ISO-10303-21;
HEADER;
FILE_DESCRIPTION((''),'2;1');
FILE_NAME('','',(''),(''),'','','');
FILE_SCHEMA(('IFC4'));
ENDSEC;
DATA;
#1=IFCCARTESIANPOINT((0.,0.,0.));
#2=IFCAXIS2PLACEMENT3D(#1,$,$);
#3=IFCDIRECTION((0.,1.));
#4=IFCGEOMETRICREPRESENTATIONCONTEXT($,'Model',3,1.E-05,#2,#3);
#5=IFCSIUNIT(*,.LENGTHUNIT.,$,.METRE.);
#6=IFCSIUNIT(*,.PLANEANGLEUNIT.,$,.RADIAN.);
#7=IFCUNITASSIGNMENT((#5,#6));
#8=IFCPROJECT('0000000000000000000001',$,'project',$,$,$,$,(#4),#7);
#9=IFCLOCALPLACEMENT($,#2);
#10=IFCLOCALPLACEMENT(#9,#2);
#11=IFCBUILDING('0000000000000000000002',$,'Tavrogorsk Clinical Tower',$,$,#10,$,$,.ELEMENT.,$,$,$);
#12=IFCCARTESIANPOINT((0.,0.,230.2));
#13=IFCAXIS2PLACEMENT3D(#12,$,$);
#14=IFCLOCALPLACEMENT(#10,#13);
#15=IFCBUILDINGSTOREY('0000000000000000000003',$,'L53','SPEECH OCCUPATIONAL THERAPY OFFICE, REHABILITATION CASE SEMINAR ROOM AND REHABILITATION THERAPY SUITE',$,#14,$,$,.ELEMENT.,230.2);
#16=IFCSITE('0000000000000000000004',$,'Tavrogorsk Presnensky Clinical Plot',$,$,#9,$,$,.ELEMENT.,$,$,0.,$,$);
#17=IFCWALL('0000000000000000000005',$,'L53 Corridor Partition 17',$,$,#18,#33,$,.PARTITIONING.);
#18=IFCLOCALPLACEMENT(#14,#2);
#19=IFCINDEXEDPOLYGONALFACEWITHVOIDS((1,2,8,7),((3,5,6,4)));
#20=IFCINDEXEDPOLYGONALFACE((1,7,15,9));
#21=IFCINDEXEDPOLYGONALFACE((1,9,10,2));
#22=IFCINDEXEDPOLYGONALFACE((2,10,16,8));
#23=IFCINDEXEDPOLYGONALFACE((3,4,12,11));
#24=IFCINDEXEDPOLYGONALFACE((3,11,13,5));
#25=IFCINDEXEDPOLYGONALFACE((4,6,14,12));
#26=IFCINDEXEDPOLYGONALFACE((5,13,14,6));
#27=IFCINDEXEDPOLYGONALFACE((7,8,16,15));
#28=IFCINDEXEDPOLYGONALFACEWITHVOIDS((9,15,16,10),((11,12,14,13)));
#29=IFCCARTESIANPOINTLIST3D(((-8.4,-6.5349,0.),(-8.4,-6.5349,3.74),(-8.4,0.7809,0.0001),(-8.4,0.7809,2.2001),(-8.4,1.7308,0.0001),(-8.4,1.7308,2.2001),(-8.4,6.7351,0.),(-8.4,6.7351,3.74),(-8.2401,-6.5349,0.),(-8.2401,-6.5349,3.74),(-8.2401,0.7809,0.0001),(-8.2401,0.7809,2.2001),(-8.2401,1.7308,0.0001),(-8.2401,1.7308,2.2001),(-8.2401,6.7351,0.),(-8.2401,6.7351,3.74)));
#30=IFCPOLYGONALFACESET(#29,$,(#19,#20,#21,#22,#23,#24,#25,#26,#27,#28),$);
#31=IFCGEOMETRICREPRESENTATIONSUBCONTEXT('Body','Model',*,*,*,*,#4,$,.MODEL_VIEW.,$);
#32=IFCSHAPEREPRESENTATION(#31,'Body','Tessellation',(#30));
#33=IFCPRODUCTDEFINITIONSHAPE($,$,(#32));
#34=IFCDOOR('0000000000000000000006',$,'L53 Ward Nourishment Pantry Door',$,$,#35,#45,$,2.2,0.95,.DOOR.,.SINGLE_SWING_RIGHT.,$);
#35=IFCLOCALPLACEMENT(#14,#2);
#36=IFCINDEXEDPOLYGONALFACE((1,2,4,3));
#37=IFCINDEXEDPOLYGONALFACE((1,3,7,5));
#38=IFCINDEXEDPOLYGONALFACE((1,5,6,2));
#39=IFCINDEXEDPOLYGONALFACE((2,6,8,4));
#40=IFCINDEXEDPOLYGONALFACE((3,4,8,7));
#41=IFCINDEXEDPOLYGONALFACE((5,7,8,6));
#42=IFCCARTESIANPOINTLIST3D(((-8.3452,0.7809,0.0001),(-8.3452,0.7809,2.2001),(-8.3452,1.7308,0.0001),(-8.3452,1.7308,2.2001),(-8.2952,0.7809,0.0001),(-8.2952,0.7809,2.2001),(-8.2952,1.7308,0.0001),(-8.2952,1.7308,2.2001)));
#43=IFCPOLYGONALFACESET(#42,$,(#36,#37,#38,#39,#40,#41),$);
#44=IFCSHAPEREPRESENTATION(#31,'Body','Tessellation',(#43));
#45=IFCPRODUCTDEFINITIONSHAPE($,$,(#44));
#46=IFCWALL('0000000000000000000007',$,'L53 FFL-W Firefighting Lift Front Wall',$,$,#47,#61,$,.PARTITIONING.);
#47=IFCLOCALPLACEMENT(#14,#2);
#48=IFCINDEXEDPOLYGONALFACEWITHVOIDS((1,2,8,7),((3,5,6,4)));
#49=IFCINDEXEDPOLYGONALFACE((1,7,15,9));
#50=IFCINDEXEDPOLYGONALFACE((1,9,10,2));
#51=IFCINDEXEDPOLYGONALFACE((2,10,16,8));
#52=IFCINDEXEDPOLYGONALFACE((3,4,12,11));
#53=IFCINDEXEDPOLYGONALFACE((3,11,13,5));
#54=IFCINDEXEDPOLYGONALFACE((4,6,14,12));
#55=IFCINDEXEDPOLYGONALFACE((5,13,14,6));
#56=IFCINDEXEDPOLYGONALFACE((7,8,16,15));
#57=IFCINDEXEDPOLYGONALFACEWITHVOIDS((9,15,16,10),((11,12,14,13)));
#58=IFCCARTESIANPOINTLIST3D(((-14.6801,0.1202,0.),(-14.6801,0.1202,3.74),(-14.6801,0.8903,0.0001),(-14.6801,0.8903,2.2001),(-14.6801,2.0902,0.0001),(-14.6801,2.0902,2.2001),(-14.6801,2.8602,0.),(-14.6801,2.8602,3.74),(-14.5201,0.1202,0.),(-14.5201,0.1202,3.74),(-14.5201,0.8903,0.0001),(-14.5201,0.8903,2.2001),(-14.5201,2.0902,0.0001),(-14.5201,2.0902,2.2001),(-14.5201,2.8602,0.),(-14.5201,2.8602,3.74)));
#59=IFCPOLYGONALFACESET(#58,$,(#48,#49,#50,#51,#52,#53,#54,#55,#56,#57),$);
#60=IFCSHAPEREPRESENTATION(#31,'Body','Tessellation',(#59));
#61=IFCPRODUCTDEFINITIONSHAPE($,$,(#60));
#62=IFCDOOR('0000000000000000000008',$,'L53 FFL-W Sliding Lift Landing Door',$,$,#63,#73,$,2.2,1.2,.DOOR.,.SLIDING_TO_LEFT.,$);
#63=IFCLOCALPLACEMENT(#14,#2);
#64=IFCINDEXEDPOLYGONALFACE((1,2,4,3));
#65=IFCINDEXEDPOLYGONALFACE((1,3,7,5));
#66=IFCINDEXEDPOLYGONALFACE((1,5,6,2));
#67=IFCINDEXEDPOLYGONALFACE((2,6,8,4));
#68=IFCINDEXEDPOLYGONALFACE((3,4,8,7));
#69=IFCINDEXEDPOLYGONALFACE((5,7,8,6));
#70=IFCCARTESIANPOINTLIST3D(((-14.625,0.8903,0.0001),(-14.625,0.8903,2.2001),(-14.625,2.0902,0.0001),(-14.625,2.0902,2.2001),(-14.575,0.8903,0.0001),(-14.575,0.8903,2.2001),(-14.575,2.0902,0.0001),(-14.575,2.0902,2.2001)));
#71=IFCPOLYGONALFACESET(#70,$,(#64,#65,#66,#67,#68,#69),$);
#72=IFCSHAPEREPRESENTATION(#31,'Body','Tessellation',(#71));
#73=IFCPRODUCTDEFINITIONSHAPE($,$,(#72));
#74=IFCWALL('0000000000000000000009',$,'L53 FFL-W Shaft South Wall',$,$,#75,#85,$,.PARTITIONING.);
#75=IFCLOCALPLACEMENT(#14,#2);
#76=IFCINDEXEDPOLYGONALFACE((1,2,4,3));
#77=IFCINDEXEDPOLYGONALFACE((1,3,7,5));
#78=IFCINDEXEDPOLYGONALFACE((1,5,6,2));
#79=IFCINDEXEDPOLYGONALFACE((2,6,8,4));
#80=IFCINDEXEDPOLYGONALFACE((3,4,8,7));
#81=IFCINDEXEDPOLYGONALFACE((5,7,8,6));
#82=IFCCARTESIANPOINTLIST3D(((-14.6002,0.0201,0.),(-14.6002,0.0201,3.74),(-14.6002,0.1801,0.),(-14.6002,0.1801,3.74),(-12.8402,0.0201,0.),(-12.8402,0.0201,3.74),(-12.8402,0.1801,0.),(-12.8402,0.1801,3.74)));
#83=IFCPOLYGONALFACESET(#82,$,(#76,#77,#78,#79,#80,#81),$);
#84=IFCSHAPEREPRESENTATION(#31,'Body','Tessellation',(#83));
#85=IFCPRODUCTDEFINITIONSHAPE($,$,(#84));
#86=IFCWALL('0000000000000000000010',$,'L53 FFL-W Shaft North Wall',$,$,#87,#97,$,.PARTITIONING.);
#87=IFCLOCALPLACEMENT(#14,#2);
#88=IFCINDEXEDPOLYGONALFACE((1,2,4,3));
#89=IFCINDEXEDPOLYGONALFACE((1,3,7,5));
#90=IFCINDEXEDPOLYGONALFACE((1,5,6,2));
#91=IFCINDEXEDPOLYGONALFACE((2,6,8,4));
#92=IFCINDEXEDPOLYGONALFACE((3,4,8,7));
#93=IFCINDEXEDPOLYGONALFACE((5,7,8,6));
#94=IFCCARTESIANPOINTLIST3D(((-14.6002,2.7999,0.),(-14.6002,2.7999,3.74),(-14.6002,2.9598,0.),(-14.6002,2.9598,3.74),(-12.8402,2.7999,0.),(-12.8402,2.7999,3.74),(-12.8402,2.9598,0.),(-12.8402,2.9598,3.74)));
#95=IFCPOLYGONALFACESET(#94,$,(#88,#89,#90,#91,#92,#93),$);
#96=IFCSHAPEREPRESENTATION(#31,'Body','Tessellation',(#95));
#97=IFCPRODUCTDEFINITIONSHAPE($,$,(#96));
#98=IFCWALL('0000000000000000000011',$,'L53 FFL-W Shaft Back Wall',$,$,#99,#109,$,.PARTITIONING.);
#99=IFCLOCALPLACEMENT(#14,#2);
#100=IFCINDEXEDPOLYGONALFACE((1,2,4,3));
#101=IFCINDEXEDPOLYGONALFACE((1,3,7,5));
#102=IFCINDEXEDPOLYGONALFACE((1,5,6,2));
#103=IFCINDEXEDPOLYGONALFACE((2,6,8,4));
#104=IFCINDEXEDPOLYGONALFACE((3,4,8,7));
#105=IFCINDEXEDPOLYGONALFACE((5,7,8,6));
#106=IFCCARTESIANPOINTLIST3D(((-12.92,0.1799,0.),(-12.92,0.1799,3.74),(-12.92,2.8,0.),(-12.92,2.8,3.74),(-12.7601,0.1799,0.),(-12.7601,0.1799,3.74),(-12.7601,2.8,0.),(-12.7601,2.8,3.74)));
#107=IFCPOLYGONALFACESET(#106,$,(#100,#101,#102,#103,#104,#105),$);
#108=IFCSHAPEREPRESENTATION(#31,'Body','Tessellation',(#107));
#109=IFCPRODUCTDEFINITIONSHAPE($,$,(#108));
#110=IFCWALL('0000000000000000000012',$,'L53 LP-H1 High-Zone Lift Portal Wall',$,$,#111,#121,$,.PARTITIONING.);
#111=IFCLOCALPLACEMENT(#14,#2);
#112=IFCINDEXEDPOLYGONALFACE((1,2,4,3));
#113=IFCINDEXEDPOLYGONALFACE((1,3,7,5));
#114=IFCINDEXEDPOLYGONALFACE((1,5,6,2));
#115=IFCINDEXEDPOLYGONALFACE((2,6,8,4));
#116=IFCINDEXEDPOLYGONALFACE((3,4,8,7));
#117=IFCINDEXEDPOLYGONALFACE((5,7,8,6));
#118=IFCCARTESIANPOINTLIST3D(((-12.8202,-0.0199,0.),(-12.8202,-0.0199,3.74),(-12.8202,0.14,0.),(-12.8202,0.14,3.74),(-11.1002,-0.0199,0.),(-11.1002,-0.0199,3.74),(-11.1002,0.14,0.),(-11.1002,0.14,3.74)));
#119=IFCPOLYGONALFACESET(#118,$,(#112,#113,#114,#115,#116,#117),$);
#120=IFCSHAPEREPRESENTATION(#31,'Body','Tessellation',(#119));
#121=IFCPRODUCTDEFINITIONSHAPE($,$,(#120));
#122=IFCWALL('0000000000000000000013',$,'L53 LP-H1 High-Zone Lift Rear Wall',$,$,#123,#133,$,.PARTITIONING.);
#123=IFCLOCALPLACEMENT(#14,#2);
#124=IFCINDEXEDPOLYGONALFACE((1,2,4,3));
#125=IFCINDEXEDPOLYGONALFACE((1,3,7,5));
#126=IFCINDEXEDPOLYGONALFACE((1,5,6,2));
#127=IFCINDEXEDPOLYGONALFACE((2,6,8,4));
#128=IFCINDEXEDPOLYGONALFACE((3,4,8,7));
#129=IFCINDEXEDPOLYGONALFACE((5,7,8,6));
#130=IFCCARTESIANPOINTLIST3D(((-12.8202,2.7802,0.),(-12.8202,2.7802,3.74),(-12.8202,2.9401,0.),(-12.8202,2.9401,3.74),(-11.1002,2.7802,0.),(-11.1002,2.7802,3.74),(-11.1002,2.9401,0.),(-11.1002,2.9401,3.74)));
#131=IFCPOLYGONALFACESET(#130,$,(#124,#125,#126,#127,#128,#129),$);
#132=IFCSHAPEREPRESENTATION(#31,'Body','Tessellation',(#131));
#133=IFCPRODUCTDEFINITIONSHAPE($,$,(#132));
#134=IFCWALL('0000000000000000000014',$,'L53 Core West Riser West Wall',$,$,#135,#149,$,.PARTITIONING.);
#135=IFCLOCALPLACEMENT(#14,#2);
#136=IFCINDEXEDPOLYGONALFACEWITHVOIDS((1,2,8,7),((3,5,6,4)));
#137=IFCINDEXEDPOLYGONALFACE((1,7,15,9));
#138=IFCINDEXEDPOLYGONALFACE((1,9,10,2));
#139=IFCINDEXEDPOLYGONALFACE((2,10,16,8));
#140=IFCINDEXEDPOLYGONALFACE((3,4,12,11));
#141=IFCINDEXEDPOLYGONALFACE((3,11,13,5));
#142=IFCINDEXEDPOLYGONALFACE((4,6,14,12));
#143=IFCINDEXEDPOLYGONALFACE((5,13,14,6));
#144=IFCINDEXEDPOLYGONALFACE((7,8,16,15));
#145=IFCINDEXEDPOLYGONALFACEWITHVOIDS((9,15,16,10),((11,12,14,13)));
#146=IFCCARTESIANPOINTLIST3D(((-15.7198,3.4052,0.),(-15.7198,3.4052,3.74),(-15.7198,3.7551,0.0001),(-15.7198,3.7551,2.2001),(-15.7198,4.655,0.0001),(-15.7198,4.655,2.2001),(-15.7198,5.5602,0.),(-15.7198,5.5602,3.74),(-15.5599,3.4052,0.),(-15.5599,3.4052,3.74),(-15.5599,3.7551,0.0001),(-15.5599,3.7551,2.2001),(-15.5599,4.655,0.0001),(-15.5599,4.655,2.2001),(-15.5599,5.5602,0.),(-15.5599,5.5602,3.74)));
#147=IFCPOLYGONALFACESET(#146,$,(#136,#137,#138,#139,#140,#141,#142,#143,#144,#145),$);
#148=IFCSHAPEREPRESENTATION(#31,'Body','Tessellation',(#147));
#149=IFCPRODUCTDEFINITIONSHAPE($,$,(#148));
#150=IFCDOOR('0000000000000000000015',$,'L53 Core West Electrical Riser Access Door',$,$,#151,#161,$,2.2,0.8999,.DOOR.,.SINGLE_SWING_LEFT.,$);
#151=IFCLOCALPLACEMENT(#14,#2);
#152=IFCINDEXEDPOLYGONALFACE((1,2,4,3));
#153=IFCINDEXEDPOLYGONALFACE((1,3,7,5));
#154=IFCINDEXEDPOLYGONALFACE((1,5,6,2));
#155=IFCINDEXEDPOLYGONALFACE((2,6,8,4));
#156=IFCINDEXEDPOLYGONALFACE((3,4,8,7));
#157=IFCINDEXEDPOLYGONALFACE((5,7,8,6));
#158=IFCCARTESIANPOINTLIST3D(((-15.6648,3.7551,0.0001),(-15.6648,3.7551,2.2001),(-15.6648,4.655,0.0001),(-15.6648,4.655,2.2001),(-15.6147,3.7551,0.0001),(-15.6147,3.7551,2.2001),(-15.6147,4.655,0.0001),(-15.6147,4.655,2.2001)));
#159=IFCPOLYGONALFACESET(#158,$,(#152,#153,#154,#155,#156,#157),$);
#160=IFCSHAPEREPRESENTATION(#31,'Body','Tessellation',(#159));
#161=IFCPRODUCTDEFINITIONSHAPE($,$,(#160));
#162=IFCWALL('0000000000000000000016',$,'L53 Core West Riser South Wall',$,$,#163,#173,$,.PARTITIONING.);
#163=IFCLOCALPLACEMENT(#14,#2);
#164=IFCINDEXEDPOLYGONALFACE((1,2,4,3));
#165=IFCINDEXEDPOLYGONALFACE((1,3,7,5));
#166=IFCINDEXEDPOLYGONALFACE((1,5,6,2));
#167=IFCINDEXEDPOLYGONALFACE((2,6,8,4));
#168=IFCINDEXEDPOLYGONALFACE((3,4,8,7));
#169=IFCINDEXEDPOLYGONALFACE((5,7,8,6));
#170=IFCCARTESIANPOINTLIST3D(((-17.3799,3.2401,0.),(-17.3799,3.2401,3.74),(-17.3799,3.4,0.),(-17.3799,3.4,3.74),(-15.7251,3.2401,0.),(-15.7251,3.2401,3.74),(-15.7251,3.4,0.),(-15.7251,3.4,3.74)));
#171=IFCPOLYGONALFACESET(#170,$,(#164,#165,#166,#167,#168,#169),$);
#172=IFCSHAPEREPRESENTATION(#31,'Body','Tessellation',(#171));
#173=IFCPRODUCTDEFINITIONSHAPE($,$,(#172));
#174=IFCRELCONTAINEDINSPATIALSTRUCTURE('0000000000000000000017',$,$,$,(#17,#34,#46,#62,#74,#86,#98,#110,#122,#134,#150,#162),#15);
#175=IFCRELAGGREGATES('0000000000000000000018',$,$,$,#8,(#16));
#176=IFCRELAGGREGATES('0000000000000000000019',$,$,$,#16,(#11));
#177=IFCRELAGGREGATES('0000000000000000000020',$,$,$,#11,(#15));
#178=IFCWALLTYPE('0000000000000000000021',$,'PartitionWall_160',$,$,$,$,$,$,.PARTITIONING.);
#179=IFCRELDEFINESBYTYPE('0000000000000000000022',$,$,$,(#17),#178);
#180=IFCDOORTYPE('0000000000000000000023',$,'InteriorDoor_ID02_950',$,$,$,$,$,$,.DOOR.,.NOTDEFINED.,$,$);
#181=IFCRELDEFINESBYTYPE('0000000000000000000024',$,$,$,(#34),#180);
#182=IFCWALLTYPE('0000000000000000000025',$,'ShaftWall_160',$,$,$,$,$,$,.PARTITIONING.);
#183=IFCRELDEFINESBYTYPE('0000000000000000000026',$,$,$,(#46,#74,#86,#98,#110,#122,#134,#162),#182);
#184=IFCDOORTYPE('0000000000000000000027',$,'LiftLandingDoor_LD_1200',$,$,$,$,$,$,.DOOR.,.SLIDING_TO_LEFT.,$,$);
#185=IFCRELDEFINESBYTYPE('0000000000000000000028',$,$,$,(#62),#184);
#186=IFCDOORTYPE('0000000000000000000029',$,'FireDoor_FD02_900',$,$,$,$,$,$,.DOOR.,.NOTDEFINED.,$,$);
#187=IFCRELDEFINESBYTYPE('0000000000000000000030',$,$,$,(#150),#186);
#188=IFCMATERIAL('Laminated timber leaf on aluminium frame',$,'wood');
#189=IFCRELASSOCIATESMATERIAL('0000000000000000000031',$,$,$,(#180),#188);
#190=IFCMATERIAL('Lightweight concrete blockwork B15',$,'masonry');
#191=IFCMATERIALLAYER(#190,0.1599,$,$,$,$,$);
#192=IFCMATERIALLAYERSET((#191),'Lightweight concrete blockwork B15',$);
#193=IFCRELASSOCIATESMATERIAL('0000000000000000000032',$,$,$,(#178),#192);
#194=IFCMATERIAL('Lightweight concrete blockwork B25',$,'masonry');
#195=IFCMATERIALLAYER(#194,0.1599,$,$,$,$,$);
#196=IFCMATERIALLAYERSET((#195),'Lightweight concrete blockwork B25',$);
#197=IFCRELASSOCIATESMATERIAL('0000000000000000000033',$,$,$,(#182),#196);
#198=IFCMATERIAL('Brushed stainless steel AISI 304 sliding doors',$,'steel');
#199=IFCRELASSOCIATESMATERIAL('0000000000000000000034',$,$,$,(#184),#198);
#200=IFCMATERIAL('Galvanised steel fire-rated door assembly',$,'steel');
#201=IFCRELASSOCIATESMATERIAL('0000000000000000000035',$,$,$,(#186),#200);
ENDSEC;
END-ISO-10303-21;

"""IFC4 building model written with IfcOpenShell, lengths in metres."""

from ifc_helpers import new_model, si_unit, direction, frame, frame_2d, origin, place, context, subcontext, project, spatial, rectangle, extrude, material, layer, layer_set, type_object, element, fill, save


model = new_model("IFC4")

# Units and contexts
model_context = context("Model", 3, precision=1e-05, world=origin(), true_north=direction((0.0, 1.0)))
body_context = subcontext(model_context, "Body", "Model", "MODEL_VIEW")
ifc_project = project(units=[si_unit("LENGTHUNIT", "METRE"), si_unit("PLANEANGLEUNIT", "RADIAN")], contexts=[model_context])

# Site, building, storey
site_placement = place(None, origin())
site = spatial("IfcSite", under=ifc_project, at=site_placement, Name="Tavrogorsk Presnensky Clinical Plot", CompositionType="ELEMENT", RefElevation=0.0)
building_placement = place(site_placement, origin())
building = spatial("IfcBuilding", under=site, at=building_placement, Name="Tavrogorsk Clinical Tower", CompositionType="ELEMENT")
storey_placement = place(building_placement, frame((0.0, 0.0, 230.2)))
storey = spatial("IfcBuildingStorey", under=building, at=storey_placement, Name="L53", Description="SPEECH OCCUPATIONAL THERAPY OFFICE, REHABILITATION CASE SEMINAR ROOM AND REHABILITATION THERAPY SUITE", CompositionType="ELEMENT", Elevation=230.2)

# Walls, openings, doors
ifc_material_1 = material(Name="Laminated timber leaf on aluminium frame", Category="wood")
door_type_1 = type_object("IfcDoorType", Name="InteriorDoor_ID02_950", OperationType="NOTDEFINED", PredefinedType="DOOR", material=ifc_material_1)
ifc_material_2 = material(Name="Lightweight concrete blockwork B15", Category="masonry")
ifc_layer_1 = layer(ifc_material_2, 0.1599)
ifc_layer_set_1 = layer_set([ifc_layer_1], Name="Lightweight concrete blockwork B15")
wall_type_1 = type_object("IfcWallType", Name="PartitionWall_160", PredefinedType="PARTITIONING", material=ifc_layer_set_1)
wall_1_placement = place(storey_placement, frame((-8.3201, 6.7351, 0.0), z_axis=(0.0, 0.0, 1.0), x_axis=(0.0, -1.0, 0.0)))
wall_1 = element("IfcWall", 1, at=wall_1_placement, inside=storey, type_object=wall_type_1, Name="L53 Corridor Partition 17", PredefinedType="PARTITIONING", context=body_context, shape_type="SweptSolid", body=[
    extrude(rectangle(XDim=13.27, YDim=0.1599, at=frame_2d((6.635, 0.0))), origin(), (0.0, 0.0, 1.0), 3.74),
])
opening_1_placement = place(wall_1_placement, frame((5.0042, 0.0, 0.0)))
opening_1 = element("IfcOpeningElement", 2, at=opening_1_placement, cuts=wall_1, PredefinedType="OPENING", context=body_context, shape_type="SweptSolid", body=[
    extrude(rectangle(XDim=0.95, YDim=2.2, at=frame_2d((0.4751, 1.1001))), frame((0.0, 0.0898, 0.0), z_axis=(0.0, -1.0, 0.0), x_axis=(1.0, 0.0, 0.0)), (0.0, 0.0, 1.0), 0.1799),
])
door_1_placement = place(opening_1_placement, origin())
door_1 = element("IfcDoor", 3, at=door_1_placement, inside=storey, type_object=door_type_1, Name="L53 Ward Nourishment Pantry Door", OperationType="SINGLE_SWING_RIGHT", OverallHeight=2.2, OverallWidth=0.95, PredefinedType="DOOR", context=body_context, shape_type="SweptSolid", body=[
    extrude(rectangle(XDim=0.95, YDim=2.2, at=frame_2d((0.4751, 1.1001))), frame((0.0, 0.0249, 0.0), z_axis=(0.0, -1.0, 0.0), x_axis=(1.0, 0.0, 0.0)), (0.0, 0.0, 1.0), 0.05),
])
fill(opening_1, door_1)
ifc_material_3 = material(Name="Lightweight concrete blockwork B25", Category="masonry")
ifc_layer_2 = layer(ifc_material_3, 0.1599)
ifc_layer_set_2 = layer_set([ifc_layer_2], Name="Lightweight concrete blockwork B25")
wall_type_2 = type_object("IfcWallType", Name="ShaftWall_160", PredefinedType="PARTITIONING", material=ifc_layer_set_2)
wall_2_placement = place(storey_placement, frame((-14.6001, 0.1201, 0.0), z_axis=(0.0, 0.0, 1.0), x_axis=(0.0, 1.0, 0.0)))
wall_2 = element("IfcWall", 4, at=wall_2_placement, inside=storey, type_object=wall_type_2, Name="L53 FFL-W Firefighting Lift Front Wall", PredefinedType="PARTITIONING", context=body_context, shape_type="SweptSolid", body=[
    extrude(rectangle(XDim=2.74, YDim=0.1599, at=frame_2d((1.3701, 0.0))), origin(), (0.0, 0.0, 1.0), 3.74),
])
opening_2_placement = place(wall_2_placement, frame((0.77, 0.0, 0.0)))
opening_2 = element("IfcOpeningElement", 5, at=opening_2_placement, cuts=wall_2, PredefinedType="OPENING", context=body_context, shape_type="SweptSolid", body=[
    extrude(rectangle(XDim=1.2, YDim=2.2, at=frame_2d((0.6001, 1.1001))), frame((0.0, 0.0898, 0.0), z_axis=(0.0, -1.0, 0.0), x_axis=(1.0, 0.0, 0.0)), (0.0, 0.0, 1.0), 0.1799),
])
ifc_material_4 = material(Name="Brushed stainless steel AISI 304 sliding doors", Category="steel")
door_type_2 = type_object("IfcDoorType", Name="LiftLandingDoor_LD_1200", OperationType="SLIDING_TO_LEFT", PredefinedType="DOOR", material=ifc_material_4)
door_2_placement = place(opening_2_placement, origin())
door_2 = element("IfcDoor", 6, at=door_2_placement, inside=storey, type_object=door_type_2, Name="L53 FFL-W Sliding Lift Landing Door", OperationType="SLIDING_TO_LEFT", OverallHeight=2.2, OverallWidth=1.2, PredefinedType="DOOR", context=body_context, shape_type="SweptSolid", body=[
    extrude(rectangle(XDim=1.2, YDim=2.2, at=frame_2d((0.6001, 1.1001))), frame((0.0, 0.0249, 0.0), z_axis=(0.0, -1.0, 0.0), x_axis=(1.0, 0.0, 0.0)), (0.0, 0.0, 1.0), 0.05),
])
fill(opening_2, door_2)

# Walls
for number, where, z_axis, x_axis, name in (
    (7, (-14.6001, 0.1001, 0.0), (0.0, 0.0, 1.0), (1.0, 0.0, 0.0), "L53 FFL-W Shaft South Wall"),
    (8, (-14.6001, 2.8799, 0.0), (0.0, 0.0, 1.0), (1.0, 0.0, 0.0), "L53 FFL-W Shaft North Wall"),
):
    element("IfcWall", number, at=place(storey_placement, frame(where, z_axis=z_axis, x_axis=x_axis)), inside=storey, type_object=wall_type_2, Name=name, PredefinedType="PARTITIONING", context=body_context, shape_type="SweptSolid", body=[
        extrude(rectangle(XDim=1.76, YDim=0.1599, at=frame_2d((0.8799, 0.0))), origin(), (0.0, 0.0, 1.0), 3.74),
    ])
wall_3_placement = place(storey_placement, frame((-12.8401, 0.1799, 0.0), z_axis=(0.0, 0.0, 1.0), x_axis=(0.0, 1.0, 0.0)))
element("IfcWall", 9, at=wall_3_placement, inside=storey, type_object=wall_type_2, Name="L53 FFL-W Shaft Back Wall", PredefinedType="PARTITIONING", context=body_context, shape_type="SweptSolid", body=[
    extrude(rectangle(XDim=2.6201, YDim=0.1599, at=frame_2d((1.3101, 0.0))), origin(), (0.0, 0.0, 1.0), 3.74),
])
for number, where, z_axis, x_axis, name in (
    (10, (-12.8201, 0.0601, 0.0), (0.0, 0.0, 1.0), (1.0, 0.0, 0.0), "L53 LP-H1 High-Zone Lift Portal Wall"),
    (11, (-12.8201, 2.8601, 0.0), (0.0, 0.0, 1.0), (1.0, 0.0, 0.0), "L53 LP-H1 High-Zone Lift Rear Wall"),
):
    element("IfcWall", number, at=place(storey_placement, frame(where, z_axis=z_axis, x_axis=x_axis)), inside=storey, type_object=wall_type_2, Name=name, PredefinedType="PARTITIONING", context=body_context, shape_type="SweptSolid", body=[
        extrude(rectangle(XDim=1.72, YDim=0.1599, at=frame_2d((0.8599, 0.0))), origin(), (0.0, 0.0, 1.0), 3.74),
    ])

# Wall, opening, door
wall_4_placement = place(storey_placement, frame((-15.6399, 3.405, 0.0), z_axis=(0.0, 0.0, 1.0), x_axis=(0.0, 1.0, 0.0)))
wall_4 = element("IfcWall", 12, at=wall_4_placement, inside=storey, type_object=wall_type_2, Name="L53 Core West Riser West Wall", PredefinedType="PARTITIONING", context=body_context, shape_type="SweptSolid", body=[
    extrude(rectangle(XDim=2.155, YDim=0.1599, at=frame_2d((1.0776, 0.0))), origin(), (0.0, 0.0, 1.0), 3.74),
])
opening_3_placement = place(wall_4_placement, frame((0.3501, 0.0, 0.0)))
opening_3 = element("IfcOpeningElement", 13, at=opening_3_placement, cuts=wall_4, PredefinedType="OPENING", context=body_context, shape_type="SweptSolid", body=[
    extrude(rectangle(XDim=0.8999, YDim=2.2, at=frame_2d((0.45, 1.1001))), frame((0.0, 0.0898, 0.0), z_axis=(0.0, -1.0, 0.0), x_axis=(1.0, 0.0, 0.0)), (0.0, 0.0, 1.0), 0.1799),
])
ifc_material_5 = material(Name="Galvanised steel fire-rated door assembly", Category="steel")
door_type_3 = type_object("IfcDoorType", Name="FireDoor_FD02_900", OperationType="NOTDEFINED", PredefinedType="DOOR", material=ifc_material_5)
door_3_placement = place(opening_3_placement, origin())
door_3 = element("IfcDoor", 14, at=door_3_placement, inside=storey, type_object=door_type_3, Name="L53 Core West Electrical Riser Access Door", OperationType="SINGLE_SWING_LEFT", OverallHeight=2.2, OverallWidth=0.8999, PredefinedType="DOOR", context=body_context, shape_type="SweptSolid", body=[
    extrude(rectangle(XDim=0.8999, YDim=2.2, at=frame_2d((0.45, 1.1001))), frame((0.0, 0.0249, 0.0), z_axis=(0.0, -1.0, 0.0), x_axis=(1.0, 0.0, 0.0)), (0.0, 0.0, 1.0), 0.05),
])
fill(opening_3, door_3)

# Wall
wall_5_placement = place(storey_placement, frame((-17.3799, 3.3201, 0.0), z_axis=(0.0, 0.0, 1.0), x_axis=(1.0, 0.0, 0.0)))
element("IfcWall", 15, at=wall_5_placement, inside=storey, type_object=wall_type_2, Name="L53 Core West Riser South Wall", PredefinedType="PARTITIONING", context=body_context, shape_type="SweptSolid", body=[
    extrude(rectangle(XDim=1.6548, YDim=0.1599, at=frame_2d((0.8274, 0.0))), origin(), (0.0, 0.0, 1.0), 3.74),
])

save(model, "model.ifc")
